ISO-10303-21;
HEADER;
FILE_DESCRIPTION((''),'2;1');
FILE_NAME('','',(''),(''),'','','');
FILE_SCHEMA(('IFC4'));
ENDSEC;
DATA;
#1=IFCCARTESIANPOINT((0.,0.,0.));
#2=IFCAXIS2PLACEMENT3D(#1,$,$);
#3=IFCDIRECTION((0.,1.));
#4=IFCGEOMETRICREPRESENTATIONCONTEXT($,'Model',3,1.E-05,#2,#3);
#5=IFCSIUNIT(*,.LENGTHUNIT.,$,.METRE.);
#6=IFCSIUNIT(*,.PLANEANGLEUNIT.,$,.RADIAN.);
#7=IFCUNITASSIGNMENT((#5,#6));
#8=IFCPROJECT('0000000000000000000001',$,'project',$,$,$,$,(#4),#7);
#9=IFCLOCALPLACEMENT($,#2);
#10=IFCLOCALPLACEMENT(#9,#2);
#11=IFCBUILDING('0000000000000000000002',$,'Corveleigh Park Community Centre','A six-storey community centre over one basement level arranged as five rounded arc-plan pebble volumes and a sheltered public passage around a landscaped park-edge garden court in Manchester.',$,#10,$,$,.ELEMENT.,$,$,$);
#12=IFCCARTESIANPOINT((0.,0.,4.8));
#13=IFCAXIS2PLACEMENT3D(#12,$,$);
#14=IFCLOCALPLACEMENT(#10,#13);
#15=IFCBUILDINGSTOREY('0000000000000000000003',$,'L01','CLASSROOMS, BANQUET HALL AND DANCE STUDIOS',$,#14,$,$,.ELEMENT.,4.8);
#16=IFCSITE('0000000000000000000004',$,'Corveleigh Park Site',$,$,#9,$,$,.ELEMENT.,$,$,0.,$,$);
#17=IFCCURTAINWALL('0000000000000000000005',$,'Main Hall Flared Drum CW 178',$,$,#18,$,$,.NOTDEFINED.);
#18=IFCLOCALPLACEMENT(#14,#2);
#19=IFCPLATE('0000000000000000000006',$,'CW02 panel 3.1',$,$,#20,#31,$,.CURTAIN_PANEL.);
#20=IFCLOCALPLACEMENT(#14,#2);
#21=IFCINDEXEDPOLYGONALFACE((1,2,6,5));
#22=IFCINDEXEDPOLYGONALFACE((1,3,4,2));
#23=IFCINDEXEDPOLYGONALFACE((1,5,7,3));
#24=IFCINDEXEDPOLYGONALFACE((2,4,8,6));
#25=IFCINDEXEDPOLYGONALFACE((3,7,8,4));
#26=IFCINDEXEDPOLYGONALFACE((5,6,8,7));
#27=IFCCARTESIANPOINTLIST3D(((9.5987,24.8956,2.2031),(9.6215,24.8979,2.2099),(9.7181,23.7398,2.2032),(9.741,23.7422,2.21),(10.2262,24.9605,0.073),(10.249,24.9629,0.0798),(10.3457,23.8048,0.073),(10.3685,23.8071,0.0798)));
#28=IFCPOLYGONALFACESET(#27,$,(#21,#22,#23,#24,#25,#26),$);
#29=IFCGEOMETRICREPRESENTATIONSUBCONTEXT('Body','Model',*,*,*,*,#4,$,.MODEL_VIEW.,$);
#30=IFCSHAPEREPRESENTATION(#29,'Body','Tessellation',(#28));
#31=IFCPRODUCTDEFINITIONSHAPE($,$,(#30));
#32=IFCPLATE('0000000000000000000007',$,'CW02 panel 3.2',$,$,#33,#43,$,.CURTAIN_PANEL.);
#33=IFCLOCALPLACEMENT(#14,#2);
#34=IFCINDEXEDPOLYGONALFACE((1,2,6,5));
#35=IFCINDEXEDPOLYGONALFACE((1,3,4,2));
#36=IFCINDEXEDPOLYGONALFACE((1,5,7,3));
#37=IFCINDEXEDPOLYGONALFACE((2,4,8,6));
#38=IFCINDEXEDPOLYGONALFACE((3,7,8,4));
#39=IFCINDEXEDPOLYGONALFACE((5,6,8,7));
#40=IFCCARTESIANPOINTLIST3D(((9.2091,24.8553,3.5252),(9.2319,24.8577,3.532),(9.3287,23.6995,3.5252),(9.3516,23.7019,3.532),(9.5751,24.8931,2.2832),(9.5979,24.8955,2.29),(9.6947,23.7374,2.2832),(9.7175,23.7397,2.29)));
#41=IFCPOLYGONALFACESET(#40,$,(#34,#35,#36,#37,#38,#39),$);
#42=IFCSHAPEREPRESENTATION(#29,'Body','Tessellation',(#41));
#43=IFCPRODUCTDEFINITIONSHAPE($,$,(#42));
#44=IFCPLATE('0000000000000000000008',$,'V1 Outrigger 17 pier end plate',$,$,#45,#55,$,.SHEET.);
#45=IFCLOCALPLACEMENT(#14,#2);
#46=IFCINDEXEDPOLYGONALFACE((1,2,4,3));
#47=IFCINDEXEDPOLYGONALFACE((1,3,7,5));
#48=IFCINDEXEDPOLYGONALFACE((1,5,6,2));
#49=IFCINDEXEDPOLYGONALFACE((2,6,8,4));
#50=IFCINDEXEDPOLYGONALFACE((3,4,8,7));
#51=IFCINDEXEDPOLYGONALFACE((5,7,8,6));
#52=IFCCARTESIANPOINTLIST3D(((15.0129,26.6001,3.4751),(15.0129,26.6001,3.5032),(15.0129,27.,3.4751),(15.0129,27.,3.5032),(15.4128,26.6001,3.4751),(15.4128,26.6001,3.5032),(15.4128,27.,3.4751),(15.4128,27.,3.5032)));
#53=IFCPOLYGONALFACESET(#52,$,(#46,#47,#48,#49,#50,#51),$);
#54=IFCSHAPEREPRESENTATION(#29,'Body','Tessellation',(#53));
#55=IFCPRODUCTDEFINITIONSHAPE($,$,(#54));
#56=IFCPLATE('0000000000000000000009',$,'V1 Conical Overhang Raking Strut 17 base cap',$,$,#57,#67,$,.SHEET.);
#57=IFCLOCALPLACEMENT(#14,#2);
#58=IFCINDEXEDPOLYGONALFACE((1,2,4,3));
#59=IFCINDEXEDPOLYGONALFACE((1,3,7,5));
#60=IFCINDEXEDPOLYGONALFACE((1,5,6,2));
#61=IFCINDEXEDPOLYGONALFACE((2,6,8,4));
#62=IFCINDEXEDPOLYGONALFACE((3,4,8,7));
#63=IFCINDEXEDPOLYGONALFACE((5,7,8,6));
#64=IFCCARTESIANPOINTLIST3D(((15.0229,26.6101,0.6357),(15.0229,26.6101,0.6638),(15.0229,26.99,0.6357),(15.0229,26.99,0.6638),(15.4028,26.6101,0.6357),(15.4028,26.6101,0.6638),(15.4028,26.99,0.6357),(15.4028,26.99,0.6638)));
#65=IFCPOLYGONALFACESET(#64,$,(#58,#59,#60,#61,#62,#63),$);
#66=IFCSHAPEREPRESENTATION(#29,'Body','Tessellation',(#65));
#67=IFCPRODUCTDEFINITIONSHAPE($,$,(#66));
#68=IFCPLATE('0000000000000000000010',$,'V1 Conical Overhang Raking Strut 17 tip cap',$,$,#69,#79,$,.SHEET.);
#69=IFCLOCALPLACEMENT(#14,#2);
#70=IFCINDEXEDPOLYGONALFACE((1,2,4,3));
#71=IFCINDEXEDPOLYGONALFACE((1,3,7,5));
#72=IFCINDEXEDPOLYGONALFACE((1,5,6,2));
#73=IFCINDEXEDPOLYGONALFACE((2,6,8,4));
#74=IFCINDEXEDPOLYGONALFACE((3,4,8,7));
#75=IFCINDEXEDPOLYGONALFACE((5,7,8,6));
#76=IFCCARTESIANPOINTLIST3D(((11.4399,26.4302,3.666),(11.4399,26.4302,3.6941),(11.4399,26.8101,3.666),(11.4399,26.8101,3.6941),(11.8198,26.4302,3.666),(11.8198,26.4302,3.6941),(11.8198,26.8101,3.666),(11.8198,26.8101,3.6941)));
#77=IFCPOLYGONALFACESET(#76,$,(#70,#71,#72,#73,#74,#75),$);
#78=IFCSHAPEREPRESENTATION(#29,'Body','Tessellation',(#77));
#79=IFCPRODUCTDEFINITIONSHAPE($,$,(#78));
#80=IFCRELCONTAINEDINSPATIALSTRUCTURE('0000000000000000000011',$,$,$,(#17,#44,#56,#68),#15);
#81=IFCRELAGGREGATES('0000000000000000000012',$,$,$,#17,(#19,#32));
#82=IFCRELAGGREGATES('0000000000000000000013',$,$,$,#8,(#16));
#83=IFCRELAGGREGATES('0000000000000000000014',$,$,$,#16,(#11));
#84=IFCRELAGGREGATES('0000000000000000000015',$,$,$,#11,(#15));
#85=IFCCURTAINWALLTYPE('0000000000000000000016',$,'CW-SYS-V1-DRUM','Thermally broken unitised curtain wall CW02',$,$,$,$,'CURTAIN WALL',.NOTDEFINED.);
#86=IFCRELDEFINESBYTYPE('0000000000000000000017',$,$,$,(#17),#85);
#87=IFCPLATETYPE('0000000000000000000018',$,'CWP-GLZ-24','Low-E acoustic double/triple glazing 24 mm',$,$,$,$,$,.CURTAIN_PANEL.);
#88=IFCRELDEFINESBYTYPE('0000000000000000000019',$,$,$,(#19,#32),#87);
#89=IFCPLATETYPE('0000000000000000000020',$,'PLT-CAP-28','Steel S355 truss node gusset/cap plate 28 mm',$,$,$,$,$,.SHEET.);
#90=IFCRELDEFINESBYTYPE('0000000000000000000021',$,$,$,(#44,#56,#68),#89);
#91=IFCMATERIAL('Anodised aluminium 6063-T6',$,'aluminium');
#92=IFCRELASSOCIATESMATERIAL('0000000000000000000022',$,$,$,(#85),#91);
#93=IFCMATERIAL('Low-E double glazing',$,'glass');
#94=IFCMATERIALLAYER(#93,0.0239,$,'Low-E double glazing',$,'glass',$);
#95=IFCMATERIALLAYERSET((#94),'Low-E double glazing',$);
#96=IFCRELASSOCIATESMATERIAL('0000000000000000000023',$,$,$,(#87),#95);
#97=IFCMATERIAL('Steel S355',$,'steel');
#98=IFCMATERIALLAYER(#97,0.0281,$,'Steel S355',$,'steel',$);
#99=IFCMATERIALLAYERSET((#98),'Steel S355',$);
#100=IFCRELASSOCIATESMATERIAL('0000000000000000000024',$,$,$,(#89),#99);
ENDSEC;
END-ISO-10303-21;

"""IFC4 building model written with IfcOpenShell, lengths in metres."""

from ifc_helpers import new_model, si_unit, direction, frame, origin, origin_2d, place, context, subcontext, project, spatial, polyline, rectangle, outline, extrude, material, layer, layer_set, type_object, element, aggregate, save


model = new_model("IFC4")

# Units and contexts
model_context = context("Model", 3, precision=1e-05, world=origin(), true_north=direction((0.0, 1.0)))
body_context = subcontext(model_context, "Body", "Model", "MODEL_VIEW")
ifc_project = project(units=[si_unit("LENGTHUNIT", "METRE"), si_unit("PLANEANGLEUNIT", "RADIAN")], contexts=[model_context])

# Site, building, storey
site_placement = place(None, origin())
site = spatial("IfcSite", under=ifc_project, at=site_placement, Name="Corveleigh Park Site", CompositionType="ELEMENT", RefElevation=0.0)
building_placement = place(site_placement, origin())
building = spatial("IfcBuilding", under=site, at=building_placement, Name="Corveleigh Park Community Centre", Description="A six-storey community centre over one basement level arranged as five rounded arc-plan pebble volumes and a sheltered public passage around a landscaped park-edge garden court in Manchester.", CompositionType="ELEMENT")
storey_placement = place(building_placement, frame((0.0, 0.0, 4.8)))
storey = spatial("IfcBuildingStorey", under=building, at=storey_placement, Name="L01", Description="CLASSROOMS, BANQUET HALL AND DANCE STUDIOS", CompositionType="ELEMENT", Elevation=4.8)

# Shared definitions
ifc_material_1 = material(Name="Steel S355", Category="steel")

# Shared definitions
ifc_material_2 = material(Name="Anodised aluminium 6063-T6", Category="aluminium")
curtain_wall_type = type_object("IfcCurtainWallType", Name="CW-SYS-V1-DRUM", Description="Thermally broken unitised curtain wall CW02", ElementType="CURTAIN WALL", PredefinedType="NOTDEFINED", material=ifc_material_2)

# Curtain wall
curtain_wall_1_placement = place(storey_placement, origin())
curtain_wall_1 = element("IfcCurtainWall", 1, at=curtain_wall_1_placement, inside=storey, type_object=curtain_wall_type, Name="Main Hall Flared Drum CW 178", PredefinedType="NOTDEFINED")

# Plates
ifc_material_3 = material(Name="Low-E double glazing", Category="glass")
ifc_layer_1 = layer(ifc_material_3, 0.0239, Name="Low-E double glazing", Category="glass")
ifc_layer_set_1 = layer_set([ifc_layer_1], Name="Low-E double glazing")
plate_type_1 = type_object("IfcPlateType", Name="CWP-GLZ-24", Description="Low-E acoustic double/triple glazing 24 mm", PredefinedType="CURTAIN_PANEL", material=ifc_layer_set_1)
plate_1_placement = place(storey_placement, frame((10.249, 24.9629, 0.0798), z_axis=(0.953742, 0.098618, 0.283991), x_axis=(0.102861, -0.994696, -0.000028)))
plate_1 = element("IfcPlate", 2, at=plate_1_placement, type_object=plate_type_1, Name="CW02 panel 3.1", PredefinedType="CURTAIN_PANEL", context=body_context, shape_type="SweptSolid", body=[
    extrude(outline(polyline([(0.0, 0.0), (1.1619, 0.0), (1.1619, -2.2216), (0.0, -2.2216), (0.0, 0.0)])), origin(), (0.0, 0.0, -1.0), 0.0239),
])
plate_2_placement = place(storey_placement, frame((9.5979, 24.8955, 2.29), z_axis=(0.953717, 0.098716, 0.284042), x_axis=(0.102957, -0.994686, 0.0)))
plate_2 = element("IfcPlate", 3, at=plate_2_placement, type_object=plate_type_1, Name="CW02 panel 3.2", PredefinedType="CURTAIN_PANEL", context=body_context, shape_type="SweptSolid", body=[
    extrude(outline(polyline([(0.0, 0.0), (1.1619, 0.0), (1.1619, -1.2953), (0.0, -1.2953), (0.0, 0.0)])), origin(), (0.0, 0.0, -1.0), 0.0239),
])
aggregate(curtain_wall_1, [plate_1, plate_2])

# Plates
ifc_layer_2 = layer(ifc_material_1, 0.0281, Name="Steel S355", Category="steel")
ifc_layer_set_2 = layer_set([ifc_layer_2], Name="Steel S355")
plate_type_2 = type_object("IfcPlateType", Name="PLT-CAP-28", Description="Steel S355 truss node gusset/cap plate 28 mm", PredefinedType="SHEET", material=ifc_layer_set_2)
plate_3_placement = place(storey_placement, frame((15.2129, 26.8, 3.4751), z_axis=(0.0, 0.0, 1.0), x_axis=(1.0, 0.0, 0.0)))
element("IfcPlate", 4, at=plate_3_placement, inside=storey, type_object=plate_type_2, Name="V1 Outrigger 17 pier end plate", PredefinedType="SHEET", context=body_context, shape_type="SweptSolid", body=[
    extrude(rectangle(XDim=0.3999, YDim=0.3999, at=origin_2d()), origin(), (0.0, 0.0, 1.0), 0.0281),
])
for number, where, z_axis, x_axis, name in (
    (5, (15.2129, 26.8, 0.6357), (0.0, 0.0, 1.0), (1.0, 0.0, 0.0), "V1 Conical Overhang Raking Strut 17 base cap"),
    (6, (11.6299, 26.6201, 3.666), (0.0, 0.0, 1.0), (1.0, 0.0, 0.0), "V1 Conical Overhang Raking Strut 17 tip cap"),
):
    element("IfcPlate", number, at=place(storey_placement, frame(where, z_axis=z_axis, x_axis=x_axis)), inside=storey, type_object=plate_type_2, Name=name, PredefinedType="SHEET", context=body_context, shape_type="SweptSolid", body=[
        extrude(rectangle(XDim=0.3799, YDim=0.3799, at=origin_2d()), origin(), (0.0, 0.0, 1.0), 0.0281),
    ])

save(model, "model.ifc")
